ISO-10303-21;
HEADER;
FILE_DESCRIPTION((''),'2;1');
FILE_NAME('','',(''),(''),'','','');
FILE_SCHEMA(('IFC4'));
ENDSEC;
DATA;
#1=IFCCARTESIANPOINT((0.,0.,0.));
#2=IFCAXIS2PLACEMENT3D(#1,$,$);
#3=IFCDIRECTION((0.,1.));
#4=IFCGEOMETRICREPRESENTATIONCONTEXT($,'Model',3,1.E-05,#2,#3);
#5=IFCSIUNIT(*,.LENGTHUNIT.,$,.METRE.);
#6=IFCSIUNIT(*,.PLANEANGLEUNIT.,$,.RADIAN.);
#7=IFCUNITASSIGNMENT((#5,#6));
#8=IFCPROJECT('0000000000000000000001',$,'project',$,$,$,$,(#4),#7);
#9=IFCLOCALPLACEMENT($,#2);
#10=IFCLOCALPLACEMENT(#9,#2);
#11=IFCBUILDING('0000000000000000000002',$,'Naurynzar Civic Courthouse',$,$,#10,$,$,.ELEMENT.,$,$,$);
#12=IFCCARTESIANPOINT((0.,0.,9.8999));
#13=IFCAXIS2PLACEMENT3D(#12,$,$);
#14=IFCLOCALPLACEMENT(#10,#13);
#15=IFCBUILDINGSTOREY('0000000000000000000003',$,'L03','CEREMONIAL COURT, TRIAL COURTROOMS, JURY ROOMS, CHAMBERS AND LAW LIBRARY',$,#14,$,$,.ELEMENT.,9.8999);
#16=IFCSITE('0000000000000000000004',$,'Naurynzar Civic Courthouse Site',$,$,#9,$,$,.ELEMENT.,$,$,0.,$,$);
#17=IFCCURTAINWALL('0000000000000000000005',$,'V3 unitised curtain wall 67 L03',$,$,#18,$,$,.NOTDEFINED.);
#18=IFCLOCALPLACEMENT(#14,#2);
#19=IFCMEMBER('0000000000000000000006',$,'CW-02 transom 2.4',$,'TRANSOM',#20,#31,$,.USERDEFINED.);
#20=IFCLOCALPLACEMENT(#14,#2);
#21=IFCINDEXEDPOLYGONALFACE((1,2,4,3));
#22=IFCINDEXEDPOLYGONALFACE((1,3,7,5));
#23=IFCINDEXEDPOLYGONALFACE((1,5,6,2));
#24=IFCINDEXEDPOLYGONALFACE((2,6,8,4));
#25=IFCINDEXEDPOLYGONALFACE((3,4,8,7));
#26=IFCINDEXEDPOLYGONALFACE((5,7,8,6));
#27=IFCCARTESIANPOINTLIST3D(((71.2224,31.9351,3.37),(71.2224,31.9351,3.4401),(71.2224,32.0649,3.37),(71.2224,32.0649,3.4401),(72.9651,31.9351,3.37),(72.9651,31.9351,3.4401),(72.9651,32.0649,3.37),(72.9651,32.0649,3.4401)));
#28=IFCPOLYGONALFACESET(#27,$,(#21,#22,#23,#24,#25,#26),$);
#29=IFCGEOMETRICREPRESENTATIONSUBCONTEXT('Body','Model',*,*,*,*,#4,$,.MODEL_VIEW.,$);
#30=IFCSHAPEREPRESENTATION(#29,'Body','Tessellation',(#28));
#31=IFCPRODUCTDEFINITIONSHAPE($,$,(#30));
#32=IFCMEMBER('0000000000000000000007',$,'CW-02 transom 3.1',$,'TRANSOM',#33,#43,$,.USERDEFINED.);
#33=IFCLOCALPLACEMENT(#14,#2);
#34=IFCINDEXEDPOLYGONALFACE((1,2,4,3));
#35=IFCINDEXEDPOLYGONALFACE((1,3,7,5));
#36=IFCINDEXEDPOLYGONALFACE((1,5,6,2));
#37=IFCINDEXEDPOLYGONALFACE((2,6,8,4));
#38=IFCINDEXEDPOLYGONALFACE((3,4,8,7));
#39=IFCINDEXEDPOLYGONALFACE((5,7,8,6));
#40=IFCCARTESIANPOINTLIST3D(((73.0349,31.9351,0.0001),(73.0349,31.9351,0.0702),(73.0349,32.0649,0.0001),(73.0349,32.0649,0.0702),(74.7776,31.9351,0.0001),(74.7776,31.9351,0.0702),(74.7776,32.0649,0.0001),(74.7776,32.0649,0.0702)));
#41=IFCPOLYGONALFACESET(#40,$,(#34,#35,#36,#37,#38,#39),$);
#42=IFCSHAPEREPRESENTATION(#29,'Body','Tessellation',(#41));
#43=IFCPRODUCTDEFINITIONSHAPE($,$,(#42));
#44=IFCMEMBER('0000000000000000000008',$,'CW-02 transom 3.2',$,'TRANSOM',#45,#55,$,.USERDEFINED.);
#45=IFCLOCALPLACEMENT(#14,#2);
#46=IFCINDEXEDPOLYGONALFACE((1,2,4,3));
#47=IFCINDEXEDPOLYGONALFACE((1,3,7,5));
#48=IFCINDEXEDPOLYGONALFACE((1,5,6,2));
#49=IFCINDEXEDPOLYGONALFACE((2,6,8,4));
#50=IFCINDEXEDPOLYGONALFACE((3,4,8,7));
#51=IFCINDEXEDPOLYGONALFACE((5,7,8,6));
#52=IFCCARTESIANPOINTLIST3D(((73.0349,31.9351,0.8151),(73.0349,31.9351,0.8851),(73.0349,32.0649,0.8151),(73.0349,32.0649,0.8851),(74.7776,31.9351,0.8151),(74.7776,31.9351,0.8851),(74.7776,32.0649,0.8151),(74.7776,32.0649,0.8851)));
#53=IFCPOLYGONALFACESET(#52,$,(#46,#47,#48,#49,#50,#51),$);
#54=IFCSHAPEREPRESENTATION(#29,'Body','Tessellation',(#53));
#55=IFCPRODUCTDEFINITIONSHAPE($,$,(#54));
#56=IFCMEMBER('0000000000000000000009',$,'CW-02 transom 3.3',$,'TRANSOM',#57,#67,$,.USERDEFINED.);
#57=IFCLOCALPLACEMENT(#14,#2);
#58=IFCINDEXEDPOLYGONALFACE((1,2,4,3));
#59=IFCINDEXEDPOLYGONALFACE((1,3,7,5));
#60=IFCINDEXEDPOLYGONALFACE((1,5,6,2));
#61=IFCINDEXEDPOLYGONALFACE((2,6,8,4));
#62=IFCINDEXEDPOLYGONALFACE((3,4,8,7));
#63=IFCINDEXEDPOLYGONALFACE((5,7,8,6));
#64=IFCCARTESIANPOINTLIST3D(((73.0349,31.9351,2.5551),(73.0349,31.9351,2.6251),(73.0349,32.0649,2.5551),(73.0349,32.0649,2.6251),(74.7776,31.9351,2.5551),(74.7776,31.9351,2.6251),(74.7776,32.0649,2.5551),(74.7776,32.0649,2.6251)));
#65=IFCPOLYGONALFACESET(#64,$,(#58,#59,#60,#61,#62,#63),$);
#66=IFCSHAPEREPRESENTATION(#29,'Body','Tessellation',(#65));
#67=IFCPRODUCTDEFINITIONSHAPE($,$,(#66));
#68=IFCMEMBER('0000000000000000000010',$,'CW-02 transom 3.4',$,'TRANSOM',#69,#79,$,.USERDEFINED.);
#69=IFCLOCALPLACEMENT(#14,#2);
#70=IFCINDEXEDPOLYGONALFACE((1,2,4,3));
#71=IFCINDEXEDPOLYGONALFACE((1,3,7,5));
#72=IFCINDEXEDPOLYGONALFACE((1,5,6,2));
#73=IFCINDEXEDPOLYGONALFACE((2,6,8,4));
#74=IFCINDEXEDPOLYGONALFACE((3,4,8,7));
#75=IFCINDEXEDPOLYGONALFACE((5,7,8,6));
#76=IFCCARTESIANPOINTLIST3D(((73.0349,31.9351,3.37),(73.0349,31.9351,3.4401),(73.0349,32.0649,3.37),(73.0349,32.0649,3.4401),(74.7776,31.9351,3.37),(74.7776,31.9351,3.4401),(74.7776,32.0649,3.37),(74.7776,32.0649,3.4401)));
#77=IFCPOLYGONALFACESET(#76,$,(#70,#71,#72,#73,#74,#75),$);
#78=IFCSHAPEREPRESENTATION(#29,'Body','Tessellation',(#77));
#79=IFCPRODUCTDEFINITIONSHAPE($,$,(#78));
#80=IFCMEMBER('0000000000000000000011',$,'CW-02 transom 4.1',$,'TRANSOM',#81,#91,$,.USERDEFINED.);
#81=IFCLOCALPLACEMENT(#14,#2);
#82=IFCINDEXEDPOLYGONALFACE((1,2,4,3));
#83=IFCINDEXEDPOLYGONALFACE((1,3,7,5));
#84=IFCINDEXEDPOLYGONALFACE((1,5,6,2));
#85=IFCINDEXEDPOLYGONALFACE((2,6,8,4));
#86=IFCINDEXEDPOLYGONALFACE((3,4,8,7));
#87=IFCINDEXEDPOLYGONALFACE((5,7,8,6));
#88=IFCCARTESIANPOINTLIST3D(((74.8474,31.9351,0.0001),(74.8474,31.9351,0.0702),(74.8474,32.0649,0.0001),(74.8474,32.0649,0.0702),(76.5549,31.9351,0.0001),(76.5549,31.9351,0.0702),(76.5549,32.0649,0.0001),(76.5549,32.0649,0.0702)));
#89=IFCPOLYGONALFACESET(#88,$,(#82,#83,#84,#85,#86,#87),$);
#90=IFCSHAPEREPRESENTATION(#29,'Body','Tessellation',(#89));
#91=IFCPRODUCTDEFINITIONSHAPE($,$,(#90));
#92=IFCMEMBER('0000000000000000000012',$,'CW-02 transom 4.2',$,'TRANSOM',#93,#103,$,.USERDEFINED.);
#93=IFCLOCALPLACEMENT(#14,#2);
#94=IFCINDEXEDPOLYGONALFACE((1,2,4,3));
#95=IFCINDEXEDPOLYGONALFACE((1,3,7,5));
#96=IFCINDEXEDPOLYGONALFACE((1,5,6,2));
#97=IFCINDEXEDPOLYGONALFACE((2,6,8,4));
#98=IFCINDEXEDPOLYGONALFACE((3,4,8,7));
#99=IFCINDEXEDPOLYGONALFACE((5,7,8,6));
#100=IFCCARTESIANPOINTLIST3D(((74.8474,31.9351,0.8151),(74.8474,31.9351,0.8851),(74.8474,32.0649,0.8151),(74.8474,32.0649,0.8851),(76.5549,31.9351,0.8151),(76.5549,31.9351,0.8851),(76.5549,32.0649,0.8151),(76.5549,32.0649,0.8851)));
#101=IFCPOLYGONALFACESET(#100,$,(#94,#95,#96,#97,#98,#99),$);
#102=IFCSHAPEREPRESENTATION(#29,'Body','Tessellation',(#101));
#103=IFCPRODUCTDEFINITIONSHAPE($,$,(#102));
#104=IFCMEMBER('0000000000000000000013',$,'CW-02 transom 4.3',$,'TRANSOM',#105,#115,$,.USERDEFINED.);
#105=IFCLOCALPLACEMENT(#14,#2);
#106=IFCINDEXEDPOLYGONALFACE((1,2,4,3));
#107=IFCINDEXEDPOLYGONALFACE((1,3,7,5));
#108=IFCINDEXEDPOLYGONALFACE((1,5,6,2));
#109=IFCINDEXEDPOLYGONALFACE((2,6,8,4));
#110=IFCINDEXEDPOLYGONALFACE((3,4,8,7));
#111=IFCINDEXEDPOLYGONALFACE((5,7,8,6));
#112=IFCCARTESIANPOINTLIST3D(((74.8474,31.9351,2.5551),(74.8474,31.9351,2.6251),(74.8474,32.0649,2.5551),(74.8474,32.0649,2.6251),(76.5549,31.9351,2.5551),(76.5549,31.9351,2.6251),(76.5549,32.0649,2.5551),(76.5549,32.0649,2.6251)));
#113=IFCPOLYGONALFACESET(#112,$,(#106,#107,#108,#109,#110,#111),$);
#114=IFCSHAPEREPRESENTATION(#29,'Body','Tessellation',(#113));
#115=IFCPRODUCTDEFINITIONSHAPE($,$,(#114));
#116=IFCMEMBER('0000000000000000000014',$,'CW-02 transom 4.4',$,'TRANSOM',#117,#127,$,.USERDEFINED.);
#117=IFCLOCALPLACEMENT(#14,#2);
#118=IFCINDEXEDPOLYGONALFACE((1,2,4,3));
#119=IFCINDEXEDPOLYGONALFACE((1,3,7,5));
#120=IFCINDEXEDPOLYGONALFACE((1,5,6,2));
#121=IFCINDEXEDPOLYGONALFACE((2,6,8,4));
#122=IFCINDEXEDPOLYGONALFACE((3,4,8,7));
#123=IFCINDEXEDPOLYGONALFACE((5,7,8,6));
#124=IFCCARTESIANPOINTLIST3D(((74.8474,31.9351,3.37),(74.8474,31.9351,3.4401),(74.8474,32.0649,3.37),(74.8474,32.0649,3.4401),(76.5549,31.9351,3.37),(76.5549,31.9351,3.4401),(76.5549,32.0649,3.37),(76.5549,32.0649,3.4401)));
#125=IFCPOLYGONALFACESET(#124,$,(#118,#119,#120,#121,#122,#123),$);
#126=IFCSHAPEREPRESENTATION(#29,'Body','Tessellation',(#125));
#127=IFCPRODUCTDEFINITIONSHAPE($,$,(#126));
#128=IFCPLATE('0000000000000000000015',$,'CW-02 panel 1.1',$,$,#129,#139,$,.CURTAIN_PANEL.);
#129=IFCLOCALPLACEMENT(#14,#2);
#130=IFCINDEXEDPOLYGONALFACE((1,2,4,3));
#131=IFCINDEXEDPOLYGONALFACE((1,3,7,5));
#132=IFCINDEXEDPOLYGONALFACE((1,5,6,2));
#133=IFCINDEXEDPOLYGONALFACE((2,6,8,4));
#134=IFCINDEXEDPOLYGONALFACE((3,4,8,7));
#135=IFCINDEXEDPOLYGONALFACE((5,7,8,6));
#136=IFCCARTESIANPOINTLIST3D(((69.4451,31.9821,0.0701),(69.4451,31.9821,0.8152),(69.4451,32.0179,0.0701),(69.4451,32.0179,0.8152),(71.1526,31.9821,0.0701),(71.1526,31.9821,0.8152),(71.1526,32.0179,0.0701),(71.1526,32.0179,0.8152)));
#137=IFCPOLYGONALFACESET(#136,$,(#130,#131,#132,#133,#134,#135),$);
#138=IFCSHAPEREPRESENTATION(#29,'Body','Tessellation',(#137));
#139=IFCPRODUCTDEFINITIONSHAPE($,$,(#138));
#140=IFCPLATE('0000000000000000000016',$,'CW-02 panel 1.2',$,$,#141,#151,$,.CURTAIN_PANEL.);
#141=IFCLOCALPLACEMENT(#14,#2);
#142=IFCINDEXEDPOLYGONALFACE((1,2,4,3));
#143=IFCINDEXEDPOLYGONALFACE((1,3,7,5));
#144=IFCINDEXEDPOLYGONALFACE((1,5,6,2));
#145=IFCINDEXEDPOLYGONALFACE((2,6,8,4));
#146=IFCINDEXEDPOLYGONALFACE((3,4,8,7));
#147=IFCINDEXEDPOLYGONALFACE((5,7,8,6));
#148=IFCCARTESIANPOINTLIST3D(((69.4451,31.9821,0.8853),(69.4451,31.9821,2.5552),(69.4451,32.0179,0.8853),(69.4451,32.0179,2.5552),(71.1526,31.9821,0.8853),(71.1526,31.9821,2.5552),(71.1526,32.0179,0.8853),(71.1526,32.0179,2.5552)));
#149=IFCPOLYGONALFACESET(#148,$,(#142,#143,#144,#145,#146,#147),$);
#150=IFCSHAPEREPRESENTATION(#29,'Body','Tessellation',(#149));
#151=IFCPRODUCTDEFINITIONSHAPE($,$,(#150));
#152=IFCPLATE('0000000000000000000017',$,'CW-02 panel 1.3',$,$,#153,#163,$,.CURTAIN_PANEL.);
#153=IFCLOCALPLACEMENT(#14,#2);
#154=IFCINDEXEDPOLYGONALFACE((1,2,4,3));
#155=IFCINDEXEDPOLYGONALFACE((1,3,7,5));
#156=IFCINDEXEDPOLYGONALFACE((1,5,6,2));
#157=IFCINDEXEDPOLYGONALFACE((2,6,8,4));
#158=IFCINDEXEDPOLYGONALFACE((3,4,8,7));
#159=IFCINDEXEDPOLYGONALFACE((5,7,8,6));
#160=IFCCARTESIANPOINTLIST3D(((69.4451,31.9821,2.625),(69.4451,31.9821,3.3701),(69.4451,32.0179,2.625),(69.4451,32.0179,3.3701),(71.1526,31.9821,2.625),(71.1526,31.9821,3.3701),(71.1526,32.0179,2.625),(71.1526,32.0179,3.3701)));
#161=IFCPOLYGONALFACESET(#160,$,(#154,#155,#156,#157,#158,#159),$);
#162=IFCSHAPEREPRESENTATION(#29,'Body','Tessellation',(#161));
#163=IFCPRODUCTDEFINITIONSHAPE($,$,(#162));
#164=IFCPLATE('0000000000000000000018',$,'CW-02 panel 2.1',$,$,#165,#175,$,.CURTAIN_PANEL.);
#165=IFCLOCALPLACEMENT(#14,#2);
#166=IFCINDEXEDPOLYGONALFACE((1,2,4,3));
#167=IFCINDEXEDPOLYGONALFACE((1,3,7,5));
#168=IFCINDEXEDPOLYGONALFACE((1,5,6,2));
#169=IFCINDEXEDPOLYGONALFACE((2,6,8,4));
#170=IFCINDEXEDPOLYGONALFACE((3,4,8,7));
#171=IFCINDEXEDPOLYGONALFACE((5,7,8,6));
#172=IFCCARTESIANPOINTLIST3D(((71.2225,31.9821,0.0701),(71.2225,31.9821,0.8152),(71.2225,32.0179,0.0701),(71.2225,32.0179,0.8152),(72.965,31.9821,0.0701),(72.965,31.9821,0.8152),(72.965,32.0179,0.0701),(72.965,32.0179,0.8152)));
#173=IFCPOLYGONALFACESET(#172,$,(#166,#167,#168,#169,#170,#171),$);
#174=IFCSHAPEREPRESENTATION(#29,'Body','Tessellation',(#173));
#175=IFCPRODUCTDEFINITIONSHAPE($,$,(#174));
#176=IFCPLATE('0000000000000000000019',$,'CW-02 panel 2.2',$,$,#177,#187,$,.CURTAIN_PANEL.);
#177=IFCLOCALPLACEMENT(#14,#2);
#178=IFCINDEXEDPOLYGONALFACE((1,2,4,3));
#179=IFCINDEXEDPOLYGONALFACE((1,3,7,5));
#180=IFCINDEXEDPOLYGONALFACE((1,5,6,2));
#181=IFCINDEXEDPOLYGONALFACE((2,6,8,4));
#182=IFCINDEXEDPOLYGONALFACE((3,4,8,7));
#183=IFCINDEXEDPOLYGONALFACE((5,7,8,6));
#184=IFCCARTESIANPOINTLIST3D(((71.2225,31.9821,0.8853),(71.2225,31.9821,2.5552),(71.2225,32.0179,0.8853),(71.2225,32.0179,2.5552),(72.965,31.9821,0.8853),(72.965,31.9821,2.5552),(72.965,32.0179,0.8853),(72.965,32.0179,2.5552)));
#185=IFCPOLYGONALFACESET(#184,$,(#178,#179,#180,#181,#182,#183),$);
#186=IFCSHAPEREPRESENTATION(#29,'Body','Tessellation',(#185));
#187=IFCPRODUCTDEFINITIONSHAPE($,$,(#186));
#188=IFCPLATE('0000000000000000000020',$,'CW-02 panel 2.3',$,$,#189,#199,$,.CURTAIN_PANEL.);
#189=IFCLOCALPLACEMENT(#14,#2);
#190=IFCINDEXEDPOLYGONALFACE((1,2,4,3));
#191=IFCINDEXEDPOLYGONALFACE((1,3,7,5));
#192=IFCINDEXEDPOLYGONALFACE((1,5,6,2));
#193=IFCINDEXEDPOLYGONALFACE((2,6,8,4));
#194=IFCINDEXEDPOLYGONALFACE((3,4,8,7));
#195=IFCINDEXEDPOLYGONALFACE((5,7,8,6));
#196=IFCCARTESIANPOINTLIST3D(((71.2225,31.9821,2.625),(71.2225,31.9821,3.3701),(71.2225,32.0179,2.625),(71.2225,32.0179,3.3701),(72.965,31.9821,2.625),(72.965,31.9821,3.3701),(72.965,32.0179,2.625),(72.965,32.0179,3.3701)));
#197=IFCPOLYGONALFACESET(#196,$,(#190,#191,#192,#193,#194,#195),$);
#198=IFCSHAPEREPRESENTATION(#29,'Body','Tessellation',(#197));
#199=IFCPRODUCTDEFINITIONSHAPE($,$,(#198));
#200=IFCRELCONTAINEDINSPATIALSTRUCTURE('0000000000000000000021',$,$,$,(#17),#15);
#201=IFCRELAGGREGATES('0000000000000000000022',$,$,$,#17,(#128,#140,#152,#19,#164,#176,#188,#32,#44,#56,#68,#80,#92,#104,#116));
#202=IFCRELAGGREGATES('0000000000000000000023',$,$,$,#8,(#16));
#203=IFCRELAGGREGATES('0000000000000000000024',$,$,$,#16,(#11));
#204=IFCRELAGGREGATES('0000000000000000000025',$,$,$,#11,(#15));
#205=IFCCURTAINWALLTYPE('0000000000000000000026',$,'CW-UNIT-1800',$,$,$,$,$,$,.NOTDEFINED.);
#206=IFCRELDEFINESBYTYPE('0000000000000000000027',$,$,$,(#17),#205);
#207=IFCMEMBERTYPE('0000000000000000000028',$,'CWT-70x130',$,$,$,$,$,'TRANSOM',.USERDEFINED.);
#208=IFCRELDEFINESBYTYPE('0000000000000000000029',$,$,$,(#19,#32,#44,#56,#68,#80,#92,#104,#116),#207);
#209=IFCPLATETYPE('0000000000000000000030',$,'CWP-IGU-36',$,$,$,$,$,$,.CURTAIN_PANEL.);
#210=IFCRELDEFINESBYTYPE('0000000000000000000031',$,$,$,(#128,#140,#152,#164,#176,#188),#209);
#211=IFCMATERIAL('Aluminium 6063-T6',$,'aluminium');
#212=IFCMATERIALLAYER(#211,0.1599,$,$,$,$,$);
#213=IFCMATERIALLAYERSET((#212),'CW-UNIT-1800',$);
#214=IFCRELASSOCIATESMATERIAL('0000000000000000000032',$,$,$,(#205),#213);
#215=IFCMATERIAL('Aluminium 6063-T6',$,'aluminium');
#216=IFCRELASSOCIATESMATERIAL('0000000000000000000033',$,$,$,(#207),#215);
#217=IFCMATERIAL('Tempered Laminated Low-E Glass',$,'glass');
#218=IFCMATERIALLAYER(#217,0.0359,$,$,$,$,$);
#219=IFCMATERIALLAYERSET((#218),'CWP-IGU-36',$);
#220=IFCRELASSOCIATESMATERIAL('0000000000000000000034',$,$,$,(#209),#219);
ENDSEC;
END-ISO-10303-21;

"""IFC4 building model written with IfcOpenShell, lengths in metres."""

from ifc_helpers import new_model, si_unit, direction, frame, origin, origin_2d, place, context, subcontext, project, spatial, rectangle, extrude, material, layer, layer_set, material_profile, profile_set, type_object, element, aggregate, save


model = new_model("IFC4")

# Units and contexts
model_context = context("Model", 3, precision=1e-05, world=origin(), true_north=direction((0.0, 1.0)))
body_context = subcontext(model_context, "Body", "Model", "MODEL_VIEW")
ifc_project = project(units=[si_unit("LENGTHUNIT", "METRE"), si_unit("PLANEANGLEUNIT", "RADIAN")], contexts=[model_context])

# Site, building, storey
site_placement = place(None, origin())
site = spatial("IfcSite", under=ifc_project, at=site_placement, Name="Naurynzar Civic Courthouse Site", CompositionType="ELEMENT", RefElevation=0.0)
building_placement = place(site_placement, origin())
building = spatial("IfcBuilding", under=site, at=building_placement, Name="Naurynzar Civic Courthouse", CompositionType="ELEMENT")
storey_placement = place(building_placement, frame((0.0, 0.0, 9.8999)))
storey = spatial("IfcBuildingStorey", under=building, at=storey_placement, Name="L03", Description="CEREMONIAL COURT, TRIAL COURTROOMS, JURY ROOMS, CHAMBERS AND LAW LIBRARY", CompositionType="ELEMENT", Elevation=9.8999)

# Curtain wall, members, plates
ifc_material_1 = material(Name="Aluminium 6063-T6", Category="aluminium")
ifc_layer_1 = layer(ifc_material_1, 0.1599)
ifc_layer_set_1 = layer_set([ifc_layer_1], Name="CW-UNIT-1800")
curtain_wall_type = type_object("IfcCurtainWallType", Name="CW-UNIT-1800", PredefinedType="NOTDEFINED", material=ifc_layer_set_1)
curtain_wall_placement = place(storey_placement, origin())
curtain_wall = element("IfcCurtainWall", 1, at=curtain_wall_placement, inside=storey, type_object=curtain_wall_type, Name="V3 unitised curtain wall 67 L03", PredefinedType="NOTDEFINED")
ifc_material_2 = material(Name="Aluminium 6063-T6", Category="aluminium")
ifc_material_profile_1 = material_profile(ifc_material_2, rectangle(XDim=0.1299, YDim=0.0701, at=origin_2d()), Name="ALU TRANSOM 70x130")
ifc_profile_set_1 = profile_set([ifc_material_profile_1], Name="Aluminium 6063-T6")
member_type_1 = type_object("IfcMemberType", Name="CWT-70x130", ElementType="TRANSOM", PredefinedType="USERDEFINED", material=ifc_profile_set_1)
member_1_placement = place(storey_placement, frame((71.2224, 32.0, 3.405), z_axis=(1.0, 0.0, 0.0), x_axis=(0.0, 1.0, 0.0)))
member_1 = element("IfcMember", 2, at=member_1_placement, type_object=member_type_1, Name="CW-02 transom 2.4", ObjectType="TRANSOM", PredefinedType="USERDEFINED", context=body_context, shape_type="SweptSolid", body=[
    extrude(rectangle(XDim=0.1299, YDim=0.0701, at=origin_2d()), origin(), (0.0, 0.0, 1.0), 1.7427),
])
member_2_placement = place(storey_placement, frame((73.0349, 32.0, 0.0352), z_axis=(1.0, 0.0, 0.0), x_axis=(0.0, 1.0, 0.0)))
member_2 = element("IfcMember", 3, at=member_2_placement, type_object=member_type_1, Name="CW-02 transom 3.1", ObjectType="TRANSOM", PredefinedType="USERDEFINED", context=body_context, shape_type="SweptSolid", body=[
    extrude(rectangle(XDim=0.1299, YDim=0.0701, at=origin_2d()), origin(), (0.0, 0.0, 1.0), 1.7427),
])
member_3_placement = place(storey_placement, frame((73.0349, 32.0, 0.8501), z_axis=(1.0, 0.0, 0.0), x_axis=(0.0, 1.0, 0.0)))
member_3 = element("IfcMember", 4, at=member_3_placement, type_object=member_type_1, Name="CW-02 transom 3.2", ObjectType="TRANSOM", PredefinedType="USERDEFINED", context=body_context, shape_type="SweptSolid", body=[
    extrude(rectangle(XDim=0.1299, YDim=0.0701, at=origin_2d()), origin(), (0.0, 0.0, 1.0), 1.7427),
])
member_4_placement = place(storey_placement, frame((73.0349, 32.0, 2.5901), z_axis=(1.0, 0.0, 0.0), x_axis=(0.0, 1.0, 0.0)))
member_4 = element("IfcMember", 5, at=member_4_placement, type_object=member_type_1, Name="CW-02 transom 3.3", ObjectType="TRANSOM", PredefinedType="USERDEFINED", context=body_context, shape_type="SweptSolid", body=[
    extrude(rectangle(XDim=0.1299, YDim=0.0701, at=origin_2d()), origin(), (0.0, 0.0, 1.0), 1.7427),
])
member_5_placement = place(storey_placement, frame((73.0349, 32.0, 3.405), z_axis=(1.0, 0.0, 0.0), x_axis=(0.0, 1.0, 0.0)))
member_5 = element("IfcMember", 6, at=member_5_placement, type_object=member_type_1, Name="CW-02 transom 3.4", ObjectType="TRANSOM", PredefinedType="USERDEFINED", context=body_context, shape_type="SweptSolid", body=[
    extrude(rectangle(XDim=0.1299, YDim=0.0701, at=origin_2d()), origin(), (0.0, 0.0, 1.0), 1.7427),
])
member_6_placement = place(storey_placement, frame((74.8474, 32.0, 0.0352), z_axis=(1.0, 0.0, 0.0), x_axis=(0.0, 1.0, 0.0)))
member_6 = element("IfcMember", 7, at=member_6_placement, type_object=member_type_1, Name="CW-02 transom 4.1", ObjectType="TRANSOM", PredefinedType="USERDEFINED", context=body_context, shape_type="SweptSolid", body=[
    extrude(rectangle(XDim=0.1299, YDim=0.0701, at=origin_2d()), origin(), (0.0, 0.0, 1.0), 1.7075),
])
member_7_placement = place(storey_placement, frame((74.8474, 32.0, 0.8501), z_axis=(1.0, 0.0, 0.0), x_axis=(0.0, 1.0, 0.0)))
member_7 = element("IfcMember", 8, at=member_7_placement, type_object=member_type_1, Name="CW-02 transom 4.2", ObjectType="TRANSOM", PredefinedType="USERDEFINED", context=body_context, shape_type="SweptSolid", body=[
    extrude(rectangle(XDim=0.1299, YDim=0.0701, at=origin_2d()), origin(), (0.0, 0.0, 1.0), 1.7075),
])
member_8_placement = place(storey_placement, frame((74.8474, 32.0, 2.5901), z_axis=(1.0, 0.0, 0.0), x_axis=(0.0, 1.0, 0.0)))
member_8 = element("IfcMember", 9, at=member_8_placement, type_object=member_type_1, Name="CW-02 transom 4.3", ObjectType="TRANSOM", PredefinedType="USERDEFINED", context=body_context, shape_type="SweptSolid", body=[
    extrude(rectangle(XDim=0.1299, YDim=0.0701, at=origin_2d()), origin(), (0.0, 0.0, 1.0), 1.7075),
])
member_9_placement = place(storey_placement, frame((74.8474, 32.0, 3.405), z_axis=(1.0, 0.0, 0.0), x_axis=(0.0, 1.0, 0.0)))
member_9 = element("IfcMember", 10, at=member_9_placement, type_object=member_type_1, Name="CW-02 transom 4.4", ObjectType="TRANSOM", PredefinedType="USERDEFINED", context=body_context, shape_type="SweptSolid", body=[
    extrude(rectangle(XDim=0.1299, YDim=0.0701, at=origin_2d()), origin(), (0.0, 0.0, 1.0), 1.7075),
])
ifc_material_3 = material(Name="Tempered Laminated Low-E Glass", Category="glass")
ifc_layer_2 = layer(ifc_material_3, 0.0359)
ifc_layer_set_2 = layer_set([ifc_layer_2], Name="CWP-IGU-36")
plate_type = type_object("IfcPlateType", Name="CWP-IGU-36", PredefinedType="CURTAIN_PANEL", material=ifc_layer_set_2)
plate_1_placement = place(storey_placement, frame((70.2988, 32.0, 0.0701), z_axis=(0.0, 0.0, 1.0), x_axis=(1.0, 0.0, 0.0)))
plate_1 = element("IfcPlate", 11, at=plate_1_placement, type_object=plate_type, Name="CW-02 panel 1.1", PredefinedType="CURTAIN_PANEL", context=body_context, shape_type="SweptSolid", body=[
    extrude(rectangle(XDim=1.7075, YDim=0.0359, at=origin_2d()), origin(), (0.0, 0.0, 1.0), 0.7451),
])
plate_2_placement = place(storey_placement, frame((70.2988, 32.0, 0.8853), z_axis=(0.0, 0.0, 1.0), x_axis=(1.0, 0.0, 0.0)))
plate_2 = element("IfcPlate", 12, at=plate_2_placement, type_object=plate_type, Name="CW-02 panel 1.2", PredefinedType="CURTAIN_PANEL", context=body_context, shape_type="SweptSolid", body=[
    extrude(rectangle(XDim=1.7075, YDim=0.0359, at=origin_2d()), origin(), (0.0, 0.0, 1.0), 1.6699),
])
plate_3_placement = place(storey_placement, frame((70.2988, 32.0, 2.625), z_axis=(0.0, 0.0, 1.0), x_axis=(1.0, 0.0, 0.0)))
plate_3 = element("IfcPlate", 13, at=plate_3_placement, type_object=plate_type, Name="CW-02 panel 1.3", PredefinedType="CURTAIN_PANEL", context=body_context, shape_type="SweptSolid", body=[
    extrude(rectangle(XDim=1.7075, YDim=0.0359, at=origin_2d()), origin(), (0.0, 0.0, 1.0), 0.7451),
])
plate_4_placement = place(storey_placement, frame((72.0938, 32.0, 0.0701), z_axis=(0.0, 0.0, 1.0), x_axis=(1.0, 0.0, 0.0)))
plate_4 = element("IfcPlate", 14, at=plate_4_placement, type_object=plate_type, Name="CW-02 panel 2.1", PredefinedType="CURTAIN_PANEL", context=body_context, shape_type="SweptSolid", body=[
    extrude(rectangle(XDim=1.7424, YDim=0.0359, at=origin_2d()), origin(), (0.0, 0.0, 1.0), 0.7451),
])
plate_5_placement = place(storey_placement, frame((72.0938, 32.0, 0.8853), z_axis=(0.0, 0.0, 1.0), x_axis=(1.0, 0.0, 0.0)))
plate_5 = element("IfcPlate", 15, at=plate_5_placement, type_object=plate_type, Name="CW-02 panel 2.2", PredefinedType="CURTAIN_PANEL", context=body_context, shape_type="SweptSolid", body=[
    extrude(rectangle(XDim=1.7424, YDim=0.0359, at=origin_2d()), origin(), (0.0, 0.0, 1.0), 1.6699),
])
plate_6_placement = place(storey_placement, frame((72.0938, 32.0, 2.625), z_axis=(0.0, 0.0, 1.0), x_axis=(1.0, 0.0, 0.0)))
plate_6 = element("IfcPlate", 16, at=plate_6_placement, type_object=plate_type, Name="CW-02 panel 2.3", PredefinedType="CURTAIN_PANEL", context=body_context, shape_type="SweptSolid", body=[
    extrude(rectangle(XDim=1.7424, YDim=0.0359, at=origin_2d()), origin(), (0.0, 0.0, 1.0), 0.7451),
])
aggregate(curtain_wall, [plate_1, plate_2, plate_3, member_1, plate_4, plate_5, plate_6, member_2, member_3, member_4, member_5, member_6, member_7, member_8, member_9])

save(model, "model.ifc")
